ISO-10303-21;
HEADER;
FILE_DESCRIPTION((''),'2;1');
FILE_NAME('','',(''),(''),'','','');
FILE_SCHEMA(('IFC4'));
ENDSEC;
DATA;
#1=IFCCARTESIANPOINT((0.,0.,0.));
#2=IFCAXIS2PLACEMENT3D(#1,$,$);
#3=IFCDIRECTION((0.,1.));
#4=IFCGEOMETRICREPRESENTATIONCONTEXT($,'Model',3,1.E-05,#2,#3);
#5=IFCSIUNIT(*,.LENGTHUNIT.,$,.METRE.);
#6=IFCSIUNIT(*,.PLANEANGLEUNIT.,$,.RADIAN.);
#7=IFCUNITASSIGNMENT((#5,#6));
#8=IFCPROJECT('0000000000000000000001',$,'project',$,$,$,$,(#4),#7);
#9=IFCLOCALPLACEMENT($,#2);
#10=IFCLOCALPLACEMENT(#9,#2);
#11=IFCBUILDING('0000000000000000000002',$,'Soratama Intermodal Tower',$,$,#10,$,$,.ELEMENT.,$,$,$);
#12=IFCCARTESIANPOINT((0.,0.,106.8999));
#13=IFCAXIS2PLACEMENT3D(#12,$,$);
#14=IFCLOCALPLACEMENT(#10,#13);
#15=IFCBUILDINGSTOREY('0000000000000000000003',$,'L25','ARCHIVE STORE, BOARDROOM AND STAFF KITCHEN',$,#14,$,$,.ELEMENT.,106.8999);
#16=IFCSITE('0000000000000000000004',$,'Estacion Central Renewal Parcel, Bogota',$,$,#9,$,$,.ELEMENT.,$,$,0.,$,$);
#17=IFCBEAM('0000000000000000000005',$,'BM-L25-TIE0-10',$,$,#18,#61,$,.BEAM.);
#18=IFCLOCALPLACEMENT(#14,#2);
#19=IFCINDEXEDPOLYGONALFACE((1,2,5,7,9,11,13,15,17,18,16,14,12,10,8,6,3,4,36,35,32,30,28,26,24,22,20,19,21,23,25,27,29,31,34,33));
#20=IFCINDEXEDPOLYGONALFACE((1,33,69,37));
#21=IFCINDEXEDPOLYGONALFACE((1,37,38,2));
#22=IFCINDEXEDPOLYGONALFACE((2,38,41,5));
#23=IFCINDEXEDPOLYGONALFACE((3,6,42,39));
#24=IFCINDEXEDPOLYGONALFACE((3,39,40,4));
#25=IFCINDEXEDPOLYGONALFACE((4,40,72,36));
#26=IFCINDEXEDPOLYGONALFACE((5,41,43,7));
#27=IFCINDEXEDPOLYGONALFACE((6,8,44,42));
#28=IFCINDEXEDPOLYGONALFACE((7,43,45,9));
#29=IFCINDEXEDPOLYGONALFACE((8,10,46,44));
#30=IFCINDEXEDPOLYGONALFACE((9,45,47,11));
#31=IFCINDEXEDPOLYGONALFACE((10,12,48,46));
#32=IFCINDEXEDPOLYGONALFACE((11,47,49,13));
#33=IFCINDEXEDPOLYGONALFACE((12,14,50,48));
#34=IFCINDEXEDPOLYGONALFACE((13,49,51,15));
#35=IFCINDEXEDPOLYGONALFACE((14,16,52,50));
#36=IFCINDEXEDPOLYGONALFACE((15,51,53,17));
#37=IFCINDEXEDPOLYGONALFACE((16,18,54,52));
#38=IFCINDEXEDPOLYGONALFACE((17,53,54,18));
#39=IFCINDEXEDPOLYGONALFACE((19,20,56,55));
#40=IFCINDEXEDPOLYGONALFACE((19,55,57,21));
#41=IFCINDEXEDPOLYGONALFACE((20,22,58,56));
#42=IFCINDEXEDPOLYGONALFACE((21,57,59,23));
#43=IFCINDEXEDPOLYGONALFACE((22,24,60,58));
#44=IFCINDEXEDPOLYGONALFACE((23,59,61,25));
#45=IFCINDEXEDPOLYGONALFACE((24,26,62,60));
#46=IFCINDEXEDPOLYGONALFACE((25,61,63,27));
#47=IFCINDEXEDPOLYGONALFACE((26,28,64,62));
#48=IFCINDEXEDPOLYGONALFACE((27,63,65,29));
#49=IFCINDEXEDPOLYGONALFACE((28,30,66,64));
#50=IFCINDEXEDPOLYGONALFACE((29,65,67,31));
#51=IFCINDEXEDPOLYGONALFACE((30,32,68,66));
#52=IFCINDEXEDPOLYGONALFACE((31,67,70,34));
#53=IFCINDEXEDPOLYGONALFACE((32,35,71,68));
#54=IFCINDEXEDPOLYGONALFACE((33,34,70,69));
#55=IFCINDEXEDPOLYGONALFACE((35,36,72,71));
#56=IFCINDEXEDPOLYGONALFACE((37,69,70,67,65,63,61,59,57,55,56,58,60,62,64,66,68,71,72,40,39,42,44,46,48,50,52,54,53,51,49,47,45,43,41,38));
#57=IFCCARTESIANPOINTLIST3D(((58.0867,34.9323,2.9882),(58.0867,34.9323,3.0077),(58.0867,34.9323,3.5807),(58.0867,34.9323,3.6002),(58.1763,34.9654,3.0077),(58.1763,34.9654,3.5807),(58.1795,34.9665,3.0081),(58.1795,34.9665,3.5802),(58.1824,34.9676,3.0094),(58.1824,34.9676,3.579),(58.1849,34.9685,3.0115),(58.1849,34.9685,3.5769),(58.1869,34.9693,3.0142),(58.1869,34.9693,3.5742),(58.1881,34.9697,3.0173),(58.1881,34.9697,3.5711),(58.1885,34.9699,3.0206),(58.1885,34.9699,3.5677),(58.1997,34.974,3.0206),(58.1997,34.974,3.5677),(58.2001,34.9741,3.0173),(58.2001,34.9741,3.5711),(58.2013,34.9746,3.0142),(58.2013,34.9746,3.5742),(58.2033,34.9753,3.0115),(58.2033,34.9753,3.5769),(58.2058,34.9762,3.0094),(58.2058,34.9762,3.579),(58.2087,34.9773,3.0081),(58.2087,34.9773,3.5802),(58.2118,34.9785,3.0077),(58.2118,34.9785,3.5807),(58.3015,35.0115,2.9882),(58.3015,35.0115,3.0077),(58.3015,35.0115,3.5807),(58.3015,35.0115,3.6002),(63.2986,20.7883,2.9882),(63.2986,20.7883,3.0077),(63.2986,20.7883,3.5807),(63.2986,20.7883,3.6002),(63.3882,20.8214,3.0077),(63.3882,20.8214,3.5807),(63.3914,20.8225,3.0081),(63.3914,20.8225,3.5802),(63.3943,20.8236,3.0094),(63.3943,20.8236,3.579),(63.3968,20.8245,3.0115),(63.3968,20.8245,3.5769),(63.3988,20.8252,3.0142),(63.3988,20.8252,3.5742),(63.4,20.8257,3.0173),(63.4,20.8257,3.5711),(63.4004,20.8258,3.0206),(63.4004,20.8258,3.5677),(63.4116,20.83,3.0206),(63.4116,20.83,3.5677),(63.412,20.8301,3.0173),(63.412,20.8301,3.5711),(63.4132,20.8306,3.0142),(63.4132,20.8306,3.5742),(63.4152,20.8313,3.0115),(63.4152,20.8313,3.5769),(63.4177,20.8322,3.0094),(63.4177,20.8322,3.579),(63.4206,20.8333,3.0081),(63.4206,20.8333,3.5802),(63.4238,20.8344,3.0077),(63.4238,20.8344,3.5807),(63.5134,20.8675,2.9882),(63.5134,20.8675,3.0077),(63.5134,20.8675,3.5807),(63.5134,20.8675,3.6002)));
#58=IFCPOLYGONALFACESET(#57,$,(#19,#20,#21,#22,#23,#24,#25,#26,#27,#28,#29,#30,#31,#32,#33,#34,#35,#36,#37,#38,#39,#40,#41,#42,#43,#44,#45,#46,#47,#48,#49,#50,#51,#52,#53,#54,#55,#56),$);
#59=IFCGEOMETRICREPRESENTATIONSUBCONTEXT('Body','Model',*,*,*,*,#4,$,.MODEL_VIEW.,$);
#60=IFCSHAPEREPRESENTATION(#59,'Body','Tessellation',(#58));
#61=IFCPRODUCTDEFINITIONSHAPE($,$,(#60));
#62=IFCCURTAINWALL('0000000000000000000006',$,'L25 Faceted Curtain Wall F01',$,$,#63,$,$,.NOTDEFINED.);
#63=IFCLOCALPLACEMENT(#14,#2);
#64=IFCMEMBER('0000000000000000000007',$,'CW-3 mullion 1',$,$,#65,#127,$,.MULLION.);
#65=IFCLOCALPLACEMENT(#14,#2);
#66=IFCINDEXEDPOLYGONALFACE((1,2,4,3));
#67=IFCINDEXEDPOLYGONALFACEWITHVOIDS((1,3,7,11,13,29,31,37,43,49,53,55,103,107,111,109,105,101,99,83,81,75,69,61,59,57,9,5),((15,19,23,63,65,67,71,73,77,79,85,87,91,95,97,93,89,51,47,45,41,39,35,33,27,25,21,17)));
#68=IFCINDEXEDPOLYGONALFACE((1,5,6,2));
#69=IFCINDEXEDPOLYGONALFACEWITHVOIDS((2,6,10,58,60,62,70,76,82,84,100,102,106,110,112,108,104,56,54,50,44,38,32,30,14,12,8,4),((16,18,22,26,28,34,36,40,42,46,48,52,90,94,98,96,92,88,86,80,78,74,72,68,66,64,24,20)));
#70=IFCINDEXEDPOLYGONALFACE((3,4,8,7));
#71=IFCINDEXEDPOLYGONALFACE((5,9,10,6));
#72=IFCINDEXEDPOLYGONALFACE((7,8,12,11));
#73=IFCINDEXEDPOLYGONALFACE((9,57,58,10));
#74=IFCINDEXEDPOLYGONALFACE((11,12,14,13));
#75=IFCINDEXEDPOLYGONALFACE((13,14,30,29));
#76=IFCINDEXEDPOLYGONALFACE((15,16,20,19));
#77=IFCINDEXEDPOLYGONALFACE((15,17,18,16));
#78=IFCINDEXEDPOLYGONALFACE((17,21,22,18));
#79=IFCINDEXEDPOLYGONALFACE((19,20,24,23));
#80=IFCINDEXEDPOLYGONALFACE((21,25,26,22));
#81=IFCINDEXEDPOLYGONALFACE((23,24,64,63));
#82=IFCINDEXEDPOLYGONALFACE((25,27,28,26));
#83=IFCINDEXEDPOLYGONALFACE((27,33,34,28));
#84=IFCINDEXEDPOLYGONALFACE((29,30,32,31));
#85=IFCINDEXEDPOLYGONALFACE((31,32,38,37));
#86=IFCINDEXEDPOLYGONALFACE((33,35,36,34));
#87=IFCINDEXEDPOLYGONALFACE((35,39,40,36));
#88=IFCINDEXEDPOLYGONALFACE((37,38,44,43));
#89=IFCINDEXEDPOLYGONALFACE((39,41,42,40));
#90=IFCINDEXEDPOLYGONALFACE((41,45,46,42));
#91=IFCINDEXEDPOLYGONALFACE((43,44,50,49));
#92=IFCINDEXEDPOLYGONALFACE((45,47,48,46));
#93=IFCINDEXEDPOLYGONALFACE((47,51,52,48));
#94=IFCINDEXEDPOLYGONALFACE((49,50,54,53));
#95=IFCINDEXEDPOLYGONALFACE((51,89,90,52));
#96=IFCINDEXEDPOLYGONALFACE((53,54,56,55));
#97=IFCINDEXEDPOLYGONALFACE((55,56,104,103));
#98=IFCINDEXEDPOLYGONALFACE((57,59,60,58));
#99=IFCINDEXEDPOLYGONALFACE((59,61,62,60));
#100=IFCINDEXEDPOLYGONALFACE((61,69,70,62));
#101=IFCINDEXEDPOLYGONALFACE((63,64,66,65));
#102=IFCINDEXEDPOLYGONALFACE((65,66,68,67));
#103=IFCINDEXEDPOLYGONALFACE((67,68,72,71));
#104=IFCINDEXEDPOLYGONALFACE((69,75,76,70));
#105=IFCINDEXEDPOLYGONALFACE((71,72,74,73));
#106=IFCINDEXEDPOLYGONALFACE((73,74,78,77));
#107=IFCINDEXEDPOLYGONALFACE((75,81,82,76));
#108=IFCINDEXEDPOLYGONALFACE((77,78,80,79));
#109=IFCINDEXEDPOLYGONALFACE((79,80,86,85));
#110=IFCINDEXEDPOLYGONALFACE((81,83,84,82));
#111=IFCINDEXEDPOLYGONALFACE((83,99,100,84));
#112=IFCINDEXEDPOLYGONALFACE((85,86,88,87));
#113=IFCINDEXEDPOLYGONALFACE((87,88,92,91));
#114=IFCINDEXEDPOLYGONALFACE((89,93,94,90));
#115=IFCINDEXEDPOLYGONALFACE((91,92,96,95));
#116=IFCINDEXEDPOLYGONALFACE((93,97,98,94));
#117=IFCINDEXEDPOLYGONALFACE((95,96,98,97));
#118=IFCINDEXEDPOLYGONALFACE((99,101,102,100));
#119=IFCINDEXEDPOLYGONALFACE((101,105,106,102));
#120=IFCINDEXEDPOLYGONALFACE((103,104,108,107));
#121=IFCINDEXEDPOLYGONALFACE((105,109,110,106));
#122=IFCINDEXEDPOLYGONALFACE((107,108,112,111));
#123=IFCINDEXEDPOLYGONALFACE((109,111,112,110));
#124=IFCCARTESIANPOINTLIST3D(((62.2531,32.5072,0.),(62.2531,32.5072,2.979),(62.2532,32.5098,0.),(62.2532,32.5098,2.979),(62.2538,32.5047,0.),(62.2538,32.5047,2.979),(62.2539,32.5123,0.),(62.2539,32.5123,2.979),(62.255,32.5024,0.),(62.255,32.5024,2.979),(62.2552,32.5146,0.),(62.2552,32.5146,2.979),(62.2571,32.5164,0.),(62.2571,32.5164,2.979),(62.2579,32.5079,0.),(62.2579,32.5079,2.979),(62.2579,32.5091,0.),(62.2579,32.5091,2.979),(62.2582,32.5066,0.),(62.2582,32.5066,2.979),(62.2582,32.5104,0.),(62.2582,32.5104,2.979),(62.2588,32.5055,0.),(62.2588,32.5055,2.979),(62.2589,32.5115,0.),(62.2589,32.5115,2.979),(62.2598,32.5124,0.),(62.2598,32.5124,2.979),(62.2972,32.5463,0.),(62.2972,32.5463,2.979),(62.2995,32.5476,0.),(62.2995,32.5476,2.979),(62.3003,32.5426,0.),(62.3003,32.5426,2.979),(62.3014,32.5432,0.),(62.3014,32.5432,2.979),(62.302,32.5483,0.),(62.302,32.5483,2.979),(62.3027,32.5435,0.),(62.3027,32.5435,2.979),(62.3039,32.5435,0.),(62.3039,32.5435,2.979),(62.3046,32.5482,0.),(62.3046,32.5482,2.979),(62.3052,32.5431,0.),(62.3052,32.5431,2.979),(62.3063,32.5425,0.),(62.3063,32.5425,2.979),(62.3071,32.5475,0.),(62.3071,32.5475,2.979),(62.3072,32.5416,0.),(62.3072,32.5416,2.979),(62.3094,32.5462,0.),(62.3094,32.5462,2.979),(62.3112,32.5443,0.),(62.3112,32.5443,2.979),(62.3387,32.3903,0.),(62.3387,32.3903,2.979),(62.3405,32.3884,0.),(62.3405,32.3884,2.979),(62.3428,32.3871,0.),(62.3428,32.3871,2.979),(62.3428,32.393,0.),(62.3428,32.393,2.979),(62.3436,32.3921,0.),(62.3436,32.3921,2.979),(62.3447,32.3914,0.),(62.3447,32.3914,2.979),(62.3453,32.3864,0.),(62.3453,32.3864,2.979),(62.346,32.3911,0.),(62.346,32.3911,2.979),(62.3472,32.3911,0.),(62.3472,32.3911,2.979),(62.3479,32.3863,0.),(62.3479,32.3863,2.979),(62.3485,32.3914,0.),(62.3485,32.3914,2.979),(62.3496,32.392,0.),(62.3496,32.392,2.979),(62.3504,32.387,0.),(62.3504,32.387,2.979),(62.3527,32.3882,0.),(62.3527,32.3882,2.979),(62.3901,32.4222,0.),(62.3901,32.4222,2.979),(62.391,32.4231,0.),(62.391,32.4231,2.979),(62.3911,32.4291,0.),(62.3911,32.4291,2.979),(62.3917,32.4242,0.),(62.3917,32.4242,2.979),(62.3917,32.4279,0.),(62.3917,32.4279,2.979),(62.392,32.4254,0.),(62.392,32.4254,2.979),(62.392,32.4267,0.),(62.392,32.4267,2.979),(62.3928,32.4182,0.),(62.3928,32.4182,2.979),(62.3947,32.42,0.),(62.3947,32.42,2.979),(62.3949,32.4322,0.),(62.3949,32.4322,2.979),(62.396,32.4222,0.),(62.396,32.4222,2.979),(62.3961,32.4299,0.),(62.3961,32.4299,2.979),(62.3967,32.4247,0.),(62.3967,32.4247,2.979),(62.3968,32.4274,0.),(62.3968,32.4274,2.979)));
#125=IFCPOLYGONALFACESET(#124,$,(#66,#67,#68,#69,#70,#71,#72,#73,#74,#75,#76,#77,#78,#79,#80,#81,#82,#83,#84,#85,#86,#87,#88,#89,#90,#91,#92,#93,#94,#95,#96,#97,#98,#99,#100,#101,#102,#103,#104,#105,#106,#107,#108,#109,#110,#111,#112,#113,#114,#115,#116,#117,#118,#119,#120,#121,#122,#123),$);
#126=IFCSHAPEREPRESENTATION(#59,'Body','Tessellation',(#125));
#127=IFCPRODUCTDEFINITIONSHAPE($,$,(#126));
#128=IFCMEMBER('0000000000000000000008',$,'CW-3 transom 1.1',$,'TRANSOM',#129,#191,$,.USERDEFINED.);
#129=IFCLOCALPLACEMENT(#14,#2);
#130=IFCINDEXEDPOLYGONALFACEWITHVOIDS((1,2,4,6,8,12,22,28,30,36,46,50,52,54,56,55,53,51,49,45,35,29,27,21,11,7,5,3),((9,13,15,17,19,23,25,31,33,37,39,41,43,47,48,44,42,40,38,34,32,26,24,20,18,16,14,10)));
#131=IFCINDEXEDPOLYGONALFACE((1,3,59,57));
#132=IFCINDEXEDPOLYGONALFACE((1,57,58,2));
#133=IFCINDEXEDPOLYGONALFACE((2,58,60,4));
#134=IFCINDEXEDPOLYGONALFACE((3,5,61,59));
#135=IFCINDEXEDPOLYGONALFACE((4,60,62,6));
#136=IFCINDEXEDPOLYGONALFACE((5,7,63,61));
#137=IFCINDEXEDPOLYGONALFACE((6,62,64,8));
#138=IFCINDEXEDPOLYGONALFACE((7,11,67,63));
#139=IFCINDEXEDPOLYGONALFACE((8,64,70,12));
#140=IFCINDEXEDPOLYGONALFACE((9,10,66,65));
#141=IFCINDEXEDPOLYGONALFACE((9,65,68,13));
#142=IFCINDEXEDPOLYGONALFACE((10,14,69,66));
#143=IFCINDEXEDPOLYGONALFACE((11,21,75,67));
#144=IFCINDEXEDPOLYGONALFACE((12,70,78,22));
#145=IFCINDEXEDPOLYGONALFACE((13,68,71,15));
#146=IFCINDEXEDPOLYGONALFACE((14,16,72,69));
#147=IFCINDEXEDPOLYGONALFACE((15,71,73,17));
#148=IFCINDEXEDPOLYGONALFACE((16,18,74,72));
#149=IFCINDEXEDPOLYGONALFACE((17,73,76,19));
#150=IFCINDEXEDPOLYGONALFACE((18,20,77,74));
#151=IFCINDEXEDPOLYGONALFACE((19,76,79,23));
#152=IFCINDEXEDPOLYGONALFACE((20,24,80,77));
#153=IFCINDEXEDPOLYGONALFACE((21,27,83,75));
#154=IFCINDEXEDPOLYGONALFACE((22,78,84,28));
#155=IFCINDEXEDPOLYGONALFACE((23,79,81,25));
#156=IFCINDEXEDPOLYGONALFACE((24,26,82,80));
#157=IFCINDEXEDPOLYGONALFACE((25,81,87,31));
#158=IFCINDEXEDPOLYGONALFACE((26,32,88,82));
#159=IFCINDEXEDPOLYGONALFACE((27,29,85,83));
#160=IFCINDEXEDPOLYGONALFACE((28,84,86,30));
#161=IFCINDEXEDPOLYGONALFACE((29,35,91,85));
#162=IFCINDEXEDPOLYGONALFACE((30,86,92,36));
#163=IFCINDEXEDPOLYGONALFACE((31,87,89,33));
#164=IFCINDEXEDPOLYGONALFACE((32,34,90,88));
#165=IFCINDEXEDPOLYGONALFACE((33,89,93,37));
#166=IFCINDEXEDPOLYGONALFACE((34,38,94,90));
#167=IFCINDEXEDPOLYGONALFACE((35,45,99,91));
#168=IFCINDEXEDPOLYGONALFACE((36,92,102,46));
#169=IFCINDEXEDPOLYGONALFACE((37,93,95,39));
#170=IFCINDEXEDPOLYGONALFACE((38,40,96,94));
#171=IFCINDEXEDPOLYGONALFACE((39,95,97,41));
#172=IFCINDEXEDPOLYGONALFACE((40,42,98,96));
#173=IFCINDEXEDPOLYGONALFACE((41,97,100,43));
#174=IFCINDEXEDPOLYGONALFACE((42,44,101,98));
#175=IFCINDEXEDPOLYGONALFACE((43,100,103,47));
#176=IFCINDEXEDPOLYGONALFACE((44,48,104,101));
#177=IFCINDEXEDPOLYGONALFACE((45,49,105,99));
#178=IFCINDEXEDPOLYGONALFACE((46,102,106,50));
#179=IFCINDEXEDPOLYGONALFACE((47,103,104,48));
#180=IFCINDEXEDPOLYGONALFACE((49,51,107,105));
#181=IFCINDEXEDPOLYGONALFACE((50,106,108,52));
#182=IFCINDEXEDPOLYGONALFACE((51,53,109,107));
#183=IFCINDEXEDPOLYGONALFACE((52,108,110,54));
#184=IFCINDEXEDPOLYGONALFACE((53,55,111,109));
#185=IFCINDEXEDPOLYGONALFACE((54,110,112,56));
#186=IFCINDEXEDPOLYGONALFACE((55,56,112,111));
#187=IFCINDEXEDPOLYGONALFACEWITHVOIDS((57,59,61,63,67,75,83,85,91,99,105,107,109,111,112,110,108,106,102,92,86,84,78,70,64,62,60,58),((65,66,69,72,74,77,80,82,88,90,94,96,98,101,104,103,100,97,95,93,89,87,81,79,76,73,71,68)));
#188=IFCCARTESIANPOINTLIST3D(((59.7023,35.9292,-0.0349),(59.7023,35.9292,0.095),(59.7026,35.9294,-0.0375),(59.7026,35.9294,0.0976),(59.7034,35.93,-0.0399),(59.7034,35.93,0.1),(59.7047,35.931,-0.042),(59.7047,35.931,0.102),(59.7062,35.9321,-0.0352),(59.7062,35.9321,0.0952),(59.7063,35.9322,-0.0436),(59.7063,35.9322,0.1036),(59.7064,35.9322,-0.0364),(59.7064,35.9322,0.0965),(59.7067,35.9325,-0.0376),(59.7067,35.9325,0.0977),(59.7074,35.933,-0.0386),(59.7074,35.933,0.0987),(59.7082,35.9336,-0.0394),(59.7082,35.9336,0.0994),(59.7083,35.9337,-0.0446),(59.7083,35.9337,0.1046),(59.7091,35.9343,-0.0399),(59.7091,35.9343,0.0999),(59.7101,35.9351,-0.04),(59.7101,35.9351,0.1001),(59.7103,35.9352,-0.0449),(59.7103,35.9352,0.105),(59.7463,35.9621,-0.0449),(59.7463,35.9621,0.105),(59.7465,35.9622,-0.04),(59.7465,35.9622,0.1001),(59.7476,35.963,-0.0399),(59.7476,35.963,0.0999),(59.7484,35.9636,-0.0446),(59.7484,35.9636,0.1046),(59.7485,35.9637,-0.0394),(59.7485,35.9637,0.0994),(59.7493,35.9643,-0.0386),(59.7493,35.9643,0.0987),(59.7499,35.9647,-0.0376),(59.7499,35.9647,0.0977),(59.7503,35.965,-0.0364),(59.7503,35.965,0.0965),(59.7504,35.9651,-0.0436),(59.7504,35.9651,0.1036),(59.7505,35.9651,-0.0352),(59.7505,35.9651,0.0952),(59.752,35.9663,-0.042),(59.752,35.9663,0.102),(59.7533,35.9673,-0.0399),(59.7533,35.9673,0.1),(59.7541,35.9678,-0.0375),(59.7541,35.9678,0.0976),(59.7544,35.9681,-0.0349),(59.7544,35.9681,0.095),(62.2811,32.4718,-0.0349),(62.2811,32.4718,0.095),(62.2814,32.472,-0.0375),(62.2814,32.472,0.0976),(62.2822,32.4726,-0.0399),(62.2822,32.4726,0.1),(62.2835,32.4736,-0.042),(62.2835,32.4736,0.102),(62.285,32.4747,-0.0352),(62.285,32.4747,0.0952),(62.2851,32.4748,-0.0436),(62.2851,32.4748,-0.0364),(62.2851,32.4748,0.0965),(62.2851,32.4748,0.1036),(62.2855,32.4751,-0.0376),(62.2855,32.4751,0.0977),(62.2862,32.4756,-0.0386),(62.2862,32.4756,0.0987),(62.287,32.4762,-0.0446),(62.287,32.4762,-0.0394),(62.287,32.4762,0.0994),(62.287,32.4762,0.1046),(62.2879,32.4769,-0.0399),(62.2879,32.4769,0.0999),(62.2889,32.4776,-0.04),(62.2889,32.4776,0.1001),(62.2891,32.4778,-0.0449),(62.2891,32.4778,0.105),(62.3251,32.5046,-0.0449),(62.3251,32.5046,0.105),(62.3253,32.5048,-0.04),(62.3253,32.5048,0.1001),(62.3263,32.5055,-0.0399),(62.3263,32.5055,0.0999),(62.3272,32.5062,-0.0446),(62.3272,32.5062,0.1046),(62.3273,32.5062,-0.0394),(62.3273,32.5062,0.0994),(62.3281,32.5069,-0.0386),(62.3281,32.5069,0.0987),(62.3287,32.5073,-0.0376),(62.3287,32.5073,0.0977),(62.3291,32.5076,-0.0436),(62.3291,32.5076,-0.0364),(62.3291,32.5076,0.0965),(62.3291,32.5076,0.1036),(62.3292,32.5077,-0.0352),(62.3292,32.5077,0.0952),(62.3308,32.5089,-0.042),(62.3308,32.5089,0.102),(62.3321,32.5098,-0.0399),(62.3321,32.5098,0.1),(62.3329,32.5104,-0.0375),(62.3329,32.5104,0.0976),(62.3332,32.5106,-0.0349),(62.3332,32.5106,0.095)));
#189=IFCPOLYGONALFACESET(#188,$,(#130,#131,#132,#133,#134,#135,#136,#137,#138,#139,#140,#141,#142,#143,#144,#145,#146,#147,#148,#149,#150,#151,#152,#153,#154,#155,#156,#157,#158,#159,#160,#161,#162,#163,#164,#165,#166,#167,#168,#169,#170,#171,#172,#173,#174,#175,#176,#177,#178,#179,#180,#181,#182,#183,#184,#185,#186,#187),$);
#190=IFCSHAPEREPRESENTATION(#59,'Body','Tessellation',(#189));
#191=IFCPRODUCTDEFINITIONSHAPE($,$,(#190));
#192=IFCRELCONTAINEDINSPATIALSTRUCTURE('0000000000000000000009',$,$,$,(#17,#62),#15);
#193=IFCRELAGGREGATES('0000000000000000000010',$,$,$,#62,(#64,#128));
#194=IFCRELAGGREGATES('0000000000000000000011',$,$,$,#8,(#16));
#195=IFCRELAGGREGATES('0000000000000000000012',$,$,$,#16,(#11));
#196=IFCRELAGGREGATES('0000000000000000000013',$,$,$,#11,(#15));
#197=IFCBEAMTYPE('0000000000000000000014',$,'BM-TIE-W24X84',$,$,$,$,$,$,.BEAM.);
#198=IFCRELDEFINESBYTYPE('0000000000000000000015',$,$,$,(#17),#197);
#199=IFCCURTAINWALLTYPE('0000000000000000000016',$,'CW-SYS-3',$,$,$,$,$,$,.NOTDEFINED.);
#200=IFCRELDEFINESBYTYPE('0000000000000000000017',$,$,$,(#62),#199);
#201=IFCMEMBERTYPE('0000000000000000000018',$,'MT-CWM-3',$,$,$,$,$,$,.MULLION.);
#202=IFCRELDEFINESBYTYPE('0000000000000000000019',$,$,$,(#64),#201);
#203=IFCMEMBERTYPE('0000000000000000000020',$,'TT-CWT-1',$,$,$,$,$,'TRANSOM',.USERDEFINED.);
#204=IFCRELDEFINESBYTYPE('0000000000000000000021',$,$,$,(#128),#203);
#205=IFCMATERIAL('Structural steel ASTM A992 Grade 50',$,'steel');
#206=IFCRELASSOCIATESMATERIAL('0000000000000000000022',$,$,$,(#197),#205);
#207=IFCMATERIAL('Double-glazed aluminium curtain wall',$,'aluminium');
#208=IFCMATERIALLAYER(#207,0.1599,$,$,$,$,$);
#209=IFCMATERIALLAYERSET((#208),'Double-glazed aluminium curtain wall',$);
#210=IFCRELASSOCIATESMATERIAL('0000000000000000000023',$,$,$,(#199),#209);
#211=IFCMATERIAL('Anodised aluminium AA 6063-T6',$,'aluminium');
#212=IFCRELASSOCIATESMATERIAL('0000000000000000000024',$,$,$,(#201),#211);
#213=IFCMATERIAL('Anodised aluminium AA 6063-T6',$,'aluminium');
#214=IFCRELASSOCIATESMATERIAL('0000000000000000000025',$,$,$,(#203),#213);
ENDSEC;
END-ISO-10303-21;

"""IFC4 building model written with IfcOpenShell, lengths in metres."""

from ifc_helpers import new_model, si_unit, direction, frame, origin, origin_2d, place, context, subcontext, project, spatial, hollow_rectangle, i_section, extrude, material, layer, layer_set, material_profile, profile_set, type_object, element, aggregate, save


model = new_model("IFC4")

# Units and contexts
model_context = context("Model", 3, precision=1e-05, world=origin(), true_north=direction((0.0, 1.0)))
body_context = subcontext(model_context, "Body", "Model", "MODEL_VIEW")
ifc_project = project(units=[si_unit("LENGTHUNIT", "METRE"), si_unit("PLANEANGLEUNIT", "RADIAN")], contexts=[model_context])

# Site, building, storey
site_placement = place(None, origin())
site = spatial("IfcSite", under=ifc_project, at=site_placement, Name="Estacion Central Renewal Parcel, Bogota", CompositionType="ELEMENT", RefElevation=0.0)
building_placement = place(site_placement, origin())
building = spatial("IfcBuilding", under=site, at=building_placement, Name="Soratama Intermodal Tower", CompositionType="ELEMENT")
storey_placement = place(building_placement, frame((0.0, 0.0, 106.8999)))
storey = spatial("IfcBuildingStorey", under=building, at=storey_placement, Name="L25", Description="ARCHIVE STORE, BOARDROOM AND STAFF KITCHEN", CompositionType="ELEMENT", Elevation=106.8999)

# Beam
ifc_material_1 = material(Name="Structural steel ASTM A992 Grade 50", Category="steel")
ifc_material_profile_1 = material_profile(ifc_material_1, i_section(OverallWidth=0.229, OverallDepth=0.6121, WebThickness=0.012, FlangeThickness=0.0195, FilletRadius=0.0129, at=origin_2d()), Name="W24X84")
ifc_profile_set_1 = profile_set([ifc_material_profile_1], Name="Structural steel ASTM A992 Grade 50")
beam_type_1 = type_object("IfcBeamType", Name="BM-TIE-W24X84", PredefinedType="BEAM", material=ifc_profile_set_1)
beam_1_placement = place(storey_placement, frame((58.1941, 34.9719, 3.2942), z_axis=(0.345761, -0.938323, 0.0), x_axis=(0.938323, 0.345761, 0.0)))
element("IfcBeam", 1, at=beam_1_placement, inside=storey, type_object=beam_type_1, Name="BM-L25-TIE0-10", PredefinedType="BEAM", context=body_context, shape_type="SweptSolid", body=[
    extrude(i_section(OverallWidth=0.229, OverallDepth=0.6121, WebThickness=0.012, FlangeThickness=0.0195, FilletRadius=0.0129, at=origin_2d()), origin(), (0.0, 0.0, 1.0), 15.0737),
])

# Curtain wall, members
ifc_material_2 = material(Name="Double-glazed aluminium curtain wall", Category="aluminium")
ifc_layer_1 = layer(ifc_material_2, 0.1599)
ifc_layer_set_1 = layer_set([ifc_layer_1], Name="Double-glazed aluminium curtain wall")
curtain_wall_type = type_object("IfcCurtainWallType", Name="CW-SYS-3", PredefinedType="NOTDEFINED", material=ifc_layer_set_1)
curtain_wall_placement = place(storey_placement, origin())
curtain_wall = element("IfcCurtainWall", 2, at=curtain_wall_placement, inside=storey, type_object=curtain_wall_type, Name="L25 Faceted Curtain Wall F01", PredefinedType="NOTDEFINED")
ifc_material_3 = material(Name="Anodised aluminium AA 6063-T6", Category="aluminium")
ifc_material_profile_2 = material_profile(ifc_material_3, hollow_rectangle(XDim=0.0701, YDim=0.1599, WallThickness=0.0049, InnerFilletRadius=0.0049, OuterFilletRadius=0.01, at=origin_2d()), Name="CWM160X70X5")
ifc_profile_set_2 = profile_set([ifc_material_profile_2], Name="Anodised aluminium AA 6063-T6")
member_type_1 = type_object("IfcMemberType", Name="MT-CWM-3", PredefinedType="MULLION", material=ifc_profile_set_2)
member_1_placement = place(storey_placement, frame((62.325, 32.4673, 0.0), z_axis=(0.0, 0.0, 1.0), x_axis=(-0.801564, -0.597909, 0.0)))
member_1 = element("IfcMember", 3, at=member_1_placement, type_object=member_type_1, Name="CW-3 mullion 1", PredefinedType="MULLION", context=body_context, shape_type="SweptSolid", body=[
    extrude(hollow_rectangle(XDim=0.0701, YDim=0.1599, WallThickness=0.0049, InnerFilletRadius=0.0049, OuterFilletRadius=0.01, at=origin_2d()), origin(), (0.0, 0.0, 1.0), 2.979),
])
ifc_material_4 = material(Name="Anodised aluminium AA 6063-T6", Category="aluminium")
ifc_material_profile_3 = material_profile(ifc_material_4, hollow_rectangle(XDim=0.0649, YDim=0.1499, WallThickness=0.0049, InnerFilletRadius=0.0049, OuterFilletRadius=0.01, at=origin_2d()), Name="CWT150X65X5")
ifc_profile_set_3 = profile_set([ifc_material_profile_3], Name="Anodised aluminium AA 6063-T6")
member_type_2 = type_object("IfcMemberType", Name="TT-CWT-1", ElementType="TRANSOM", PredefinedType="USERDEFINED", material=ifc_profile_set_3)
member_2_placement = place(storey_placement, frame((62.3071, 32.4912, 0.03), z_axis=(-0.597879, 0.801587, 0.0), x_axis=(-0.801587, -0.597879, 0.0)))
member_2 = element("IfcMember", 4, at=member_2_placement, type_object=member_type_2, Name="CW-3 transom 1.1", ObjectType="TRANSOM", PredefinedType="USERDEFINED", context=body_context, shape_type="SweptSolid", body=[
    extrude(hollow_rectangle(XDim=0.0649, YDim=0.1499, WallThickness=0.0049, InnerFilletRadius=0.0049, OuterFilletRadius=0.01, at=origin_2d()), origin(), (0.0, 0.0, 1.0), 4.3132),
])
aggregate(curtain_wall, [member_1, member_2])

save(model, "model.ifc")
